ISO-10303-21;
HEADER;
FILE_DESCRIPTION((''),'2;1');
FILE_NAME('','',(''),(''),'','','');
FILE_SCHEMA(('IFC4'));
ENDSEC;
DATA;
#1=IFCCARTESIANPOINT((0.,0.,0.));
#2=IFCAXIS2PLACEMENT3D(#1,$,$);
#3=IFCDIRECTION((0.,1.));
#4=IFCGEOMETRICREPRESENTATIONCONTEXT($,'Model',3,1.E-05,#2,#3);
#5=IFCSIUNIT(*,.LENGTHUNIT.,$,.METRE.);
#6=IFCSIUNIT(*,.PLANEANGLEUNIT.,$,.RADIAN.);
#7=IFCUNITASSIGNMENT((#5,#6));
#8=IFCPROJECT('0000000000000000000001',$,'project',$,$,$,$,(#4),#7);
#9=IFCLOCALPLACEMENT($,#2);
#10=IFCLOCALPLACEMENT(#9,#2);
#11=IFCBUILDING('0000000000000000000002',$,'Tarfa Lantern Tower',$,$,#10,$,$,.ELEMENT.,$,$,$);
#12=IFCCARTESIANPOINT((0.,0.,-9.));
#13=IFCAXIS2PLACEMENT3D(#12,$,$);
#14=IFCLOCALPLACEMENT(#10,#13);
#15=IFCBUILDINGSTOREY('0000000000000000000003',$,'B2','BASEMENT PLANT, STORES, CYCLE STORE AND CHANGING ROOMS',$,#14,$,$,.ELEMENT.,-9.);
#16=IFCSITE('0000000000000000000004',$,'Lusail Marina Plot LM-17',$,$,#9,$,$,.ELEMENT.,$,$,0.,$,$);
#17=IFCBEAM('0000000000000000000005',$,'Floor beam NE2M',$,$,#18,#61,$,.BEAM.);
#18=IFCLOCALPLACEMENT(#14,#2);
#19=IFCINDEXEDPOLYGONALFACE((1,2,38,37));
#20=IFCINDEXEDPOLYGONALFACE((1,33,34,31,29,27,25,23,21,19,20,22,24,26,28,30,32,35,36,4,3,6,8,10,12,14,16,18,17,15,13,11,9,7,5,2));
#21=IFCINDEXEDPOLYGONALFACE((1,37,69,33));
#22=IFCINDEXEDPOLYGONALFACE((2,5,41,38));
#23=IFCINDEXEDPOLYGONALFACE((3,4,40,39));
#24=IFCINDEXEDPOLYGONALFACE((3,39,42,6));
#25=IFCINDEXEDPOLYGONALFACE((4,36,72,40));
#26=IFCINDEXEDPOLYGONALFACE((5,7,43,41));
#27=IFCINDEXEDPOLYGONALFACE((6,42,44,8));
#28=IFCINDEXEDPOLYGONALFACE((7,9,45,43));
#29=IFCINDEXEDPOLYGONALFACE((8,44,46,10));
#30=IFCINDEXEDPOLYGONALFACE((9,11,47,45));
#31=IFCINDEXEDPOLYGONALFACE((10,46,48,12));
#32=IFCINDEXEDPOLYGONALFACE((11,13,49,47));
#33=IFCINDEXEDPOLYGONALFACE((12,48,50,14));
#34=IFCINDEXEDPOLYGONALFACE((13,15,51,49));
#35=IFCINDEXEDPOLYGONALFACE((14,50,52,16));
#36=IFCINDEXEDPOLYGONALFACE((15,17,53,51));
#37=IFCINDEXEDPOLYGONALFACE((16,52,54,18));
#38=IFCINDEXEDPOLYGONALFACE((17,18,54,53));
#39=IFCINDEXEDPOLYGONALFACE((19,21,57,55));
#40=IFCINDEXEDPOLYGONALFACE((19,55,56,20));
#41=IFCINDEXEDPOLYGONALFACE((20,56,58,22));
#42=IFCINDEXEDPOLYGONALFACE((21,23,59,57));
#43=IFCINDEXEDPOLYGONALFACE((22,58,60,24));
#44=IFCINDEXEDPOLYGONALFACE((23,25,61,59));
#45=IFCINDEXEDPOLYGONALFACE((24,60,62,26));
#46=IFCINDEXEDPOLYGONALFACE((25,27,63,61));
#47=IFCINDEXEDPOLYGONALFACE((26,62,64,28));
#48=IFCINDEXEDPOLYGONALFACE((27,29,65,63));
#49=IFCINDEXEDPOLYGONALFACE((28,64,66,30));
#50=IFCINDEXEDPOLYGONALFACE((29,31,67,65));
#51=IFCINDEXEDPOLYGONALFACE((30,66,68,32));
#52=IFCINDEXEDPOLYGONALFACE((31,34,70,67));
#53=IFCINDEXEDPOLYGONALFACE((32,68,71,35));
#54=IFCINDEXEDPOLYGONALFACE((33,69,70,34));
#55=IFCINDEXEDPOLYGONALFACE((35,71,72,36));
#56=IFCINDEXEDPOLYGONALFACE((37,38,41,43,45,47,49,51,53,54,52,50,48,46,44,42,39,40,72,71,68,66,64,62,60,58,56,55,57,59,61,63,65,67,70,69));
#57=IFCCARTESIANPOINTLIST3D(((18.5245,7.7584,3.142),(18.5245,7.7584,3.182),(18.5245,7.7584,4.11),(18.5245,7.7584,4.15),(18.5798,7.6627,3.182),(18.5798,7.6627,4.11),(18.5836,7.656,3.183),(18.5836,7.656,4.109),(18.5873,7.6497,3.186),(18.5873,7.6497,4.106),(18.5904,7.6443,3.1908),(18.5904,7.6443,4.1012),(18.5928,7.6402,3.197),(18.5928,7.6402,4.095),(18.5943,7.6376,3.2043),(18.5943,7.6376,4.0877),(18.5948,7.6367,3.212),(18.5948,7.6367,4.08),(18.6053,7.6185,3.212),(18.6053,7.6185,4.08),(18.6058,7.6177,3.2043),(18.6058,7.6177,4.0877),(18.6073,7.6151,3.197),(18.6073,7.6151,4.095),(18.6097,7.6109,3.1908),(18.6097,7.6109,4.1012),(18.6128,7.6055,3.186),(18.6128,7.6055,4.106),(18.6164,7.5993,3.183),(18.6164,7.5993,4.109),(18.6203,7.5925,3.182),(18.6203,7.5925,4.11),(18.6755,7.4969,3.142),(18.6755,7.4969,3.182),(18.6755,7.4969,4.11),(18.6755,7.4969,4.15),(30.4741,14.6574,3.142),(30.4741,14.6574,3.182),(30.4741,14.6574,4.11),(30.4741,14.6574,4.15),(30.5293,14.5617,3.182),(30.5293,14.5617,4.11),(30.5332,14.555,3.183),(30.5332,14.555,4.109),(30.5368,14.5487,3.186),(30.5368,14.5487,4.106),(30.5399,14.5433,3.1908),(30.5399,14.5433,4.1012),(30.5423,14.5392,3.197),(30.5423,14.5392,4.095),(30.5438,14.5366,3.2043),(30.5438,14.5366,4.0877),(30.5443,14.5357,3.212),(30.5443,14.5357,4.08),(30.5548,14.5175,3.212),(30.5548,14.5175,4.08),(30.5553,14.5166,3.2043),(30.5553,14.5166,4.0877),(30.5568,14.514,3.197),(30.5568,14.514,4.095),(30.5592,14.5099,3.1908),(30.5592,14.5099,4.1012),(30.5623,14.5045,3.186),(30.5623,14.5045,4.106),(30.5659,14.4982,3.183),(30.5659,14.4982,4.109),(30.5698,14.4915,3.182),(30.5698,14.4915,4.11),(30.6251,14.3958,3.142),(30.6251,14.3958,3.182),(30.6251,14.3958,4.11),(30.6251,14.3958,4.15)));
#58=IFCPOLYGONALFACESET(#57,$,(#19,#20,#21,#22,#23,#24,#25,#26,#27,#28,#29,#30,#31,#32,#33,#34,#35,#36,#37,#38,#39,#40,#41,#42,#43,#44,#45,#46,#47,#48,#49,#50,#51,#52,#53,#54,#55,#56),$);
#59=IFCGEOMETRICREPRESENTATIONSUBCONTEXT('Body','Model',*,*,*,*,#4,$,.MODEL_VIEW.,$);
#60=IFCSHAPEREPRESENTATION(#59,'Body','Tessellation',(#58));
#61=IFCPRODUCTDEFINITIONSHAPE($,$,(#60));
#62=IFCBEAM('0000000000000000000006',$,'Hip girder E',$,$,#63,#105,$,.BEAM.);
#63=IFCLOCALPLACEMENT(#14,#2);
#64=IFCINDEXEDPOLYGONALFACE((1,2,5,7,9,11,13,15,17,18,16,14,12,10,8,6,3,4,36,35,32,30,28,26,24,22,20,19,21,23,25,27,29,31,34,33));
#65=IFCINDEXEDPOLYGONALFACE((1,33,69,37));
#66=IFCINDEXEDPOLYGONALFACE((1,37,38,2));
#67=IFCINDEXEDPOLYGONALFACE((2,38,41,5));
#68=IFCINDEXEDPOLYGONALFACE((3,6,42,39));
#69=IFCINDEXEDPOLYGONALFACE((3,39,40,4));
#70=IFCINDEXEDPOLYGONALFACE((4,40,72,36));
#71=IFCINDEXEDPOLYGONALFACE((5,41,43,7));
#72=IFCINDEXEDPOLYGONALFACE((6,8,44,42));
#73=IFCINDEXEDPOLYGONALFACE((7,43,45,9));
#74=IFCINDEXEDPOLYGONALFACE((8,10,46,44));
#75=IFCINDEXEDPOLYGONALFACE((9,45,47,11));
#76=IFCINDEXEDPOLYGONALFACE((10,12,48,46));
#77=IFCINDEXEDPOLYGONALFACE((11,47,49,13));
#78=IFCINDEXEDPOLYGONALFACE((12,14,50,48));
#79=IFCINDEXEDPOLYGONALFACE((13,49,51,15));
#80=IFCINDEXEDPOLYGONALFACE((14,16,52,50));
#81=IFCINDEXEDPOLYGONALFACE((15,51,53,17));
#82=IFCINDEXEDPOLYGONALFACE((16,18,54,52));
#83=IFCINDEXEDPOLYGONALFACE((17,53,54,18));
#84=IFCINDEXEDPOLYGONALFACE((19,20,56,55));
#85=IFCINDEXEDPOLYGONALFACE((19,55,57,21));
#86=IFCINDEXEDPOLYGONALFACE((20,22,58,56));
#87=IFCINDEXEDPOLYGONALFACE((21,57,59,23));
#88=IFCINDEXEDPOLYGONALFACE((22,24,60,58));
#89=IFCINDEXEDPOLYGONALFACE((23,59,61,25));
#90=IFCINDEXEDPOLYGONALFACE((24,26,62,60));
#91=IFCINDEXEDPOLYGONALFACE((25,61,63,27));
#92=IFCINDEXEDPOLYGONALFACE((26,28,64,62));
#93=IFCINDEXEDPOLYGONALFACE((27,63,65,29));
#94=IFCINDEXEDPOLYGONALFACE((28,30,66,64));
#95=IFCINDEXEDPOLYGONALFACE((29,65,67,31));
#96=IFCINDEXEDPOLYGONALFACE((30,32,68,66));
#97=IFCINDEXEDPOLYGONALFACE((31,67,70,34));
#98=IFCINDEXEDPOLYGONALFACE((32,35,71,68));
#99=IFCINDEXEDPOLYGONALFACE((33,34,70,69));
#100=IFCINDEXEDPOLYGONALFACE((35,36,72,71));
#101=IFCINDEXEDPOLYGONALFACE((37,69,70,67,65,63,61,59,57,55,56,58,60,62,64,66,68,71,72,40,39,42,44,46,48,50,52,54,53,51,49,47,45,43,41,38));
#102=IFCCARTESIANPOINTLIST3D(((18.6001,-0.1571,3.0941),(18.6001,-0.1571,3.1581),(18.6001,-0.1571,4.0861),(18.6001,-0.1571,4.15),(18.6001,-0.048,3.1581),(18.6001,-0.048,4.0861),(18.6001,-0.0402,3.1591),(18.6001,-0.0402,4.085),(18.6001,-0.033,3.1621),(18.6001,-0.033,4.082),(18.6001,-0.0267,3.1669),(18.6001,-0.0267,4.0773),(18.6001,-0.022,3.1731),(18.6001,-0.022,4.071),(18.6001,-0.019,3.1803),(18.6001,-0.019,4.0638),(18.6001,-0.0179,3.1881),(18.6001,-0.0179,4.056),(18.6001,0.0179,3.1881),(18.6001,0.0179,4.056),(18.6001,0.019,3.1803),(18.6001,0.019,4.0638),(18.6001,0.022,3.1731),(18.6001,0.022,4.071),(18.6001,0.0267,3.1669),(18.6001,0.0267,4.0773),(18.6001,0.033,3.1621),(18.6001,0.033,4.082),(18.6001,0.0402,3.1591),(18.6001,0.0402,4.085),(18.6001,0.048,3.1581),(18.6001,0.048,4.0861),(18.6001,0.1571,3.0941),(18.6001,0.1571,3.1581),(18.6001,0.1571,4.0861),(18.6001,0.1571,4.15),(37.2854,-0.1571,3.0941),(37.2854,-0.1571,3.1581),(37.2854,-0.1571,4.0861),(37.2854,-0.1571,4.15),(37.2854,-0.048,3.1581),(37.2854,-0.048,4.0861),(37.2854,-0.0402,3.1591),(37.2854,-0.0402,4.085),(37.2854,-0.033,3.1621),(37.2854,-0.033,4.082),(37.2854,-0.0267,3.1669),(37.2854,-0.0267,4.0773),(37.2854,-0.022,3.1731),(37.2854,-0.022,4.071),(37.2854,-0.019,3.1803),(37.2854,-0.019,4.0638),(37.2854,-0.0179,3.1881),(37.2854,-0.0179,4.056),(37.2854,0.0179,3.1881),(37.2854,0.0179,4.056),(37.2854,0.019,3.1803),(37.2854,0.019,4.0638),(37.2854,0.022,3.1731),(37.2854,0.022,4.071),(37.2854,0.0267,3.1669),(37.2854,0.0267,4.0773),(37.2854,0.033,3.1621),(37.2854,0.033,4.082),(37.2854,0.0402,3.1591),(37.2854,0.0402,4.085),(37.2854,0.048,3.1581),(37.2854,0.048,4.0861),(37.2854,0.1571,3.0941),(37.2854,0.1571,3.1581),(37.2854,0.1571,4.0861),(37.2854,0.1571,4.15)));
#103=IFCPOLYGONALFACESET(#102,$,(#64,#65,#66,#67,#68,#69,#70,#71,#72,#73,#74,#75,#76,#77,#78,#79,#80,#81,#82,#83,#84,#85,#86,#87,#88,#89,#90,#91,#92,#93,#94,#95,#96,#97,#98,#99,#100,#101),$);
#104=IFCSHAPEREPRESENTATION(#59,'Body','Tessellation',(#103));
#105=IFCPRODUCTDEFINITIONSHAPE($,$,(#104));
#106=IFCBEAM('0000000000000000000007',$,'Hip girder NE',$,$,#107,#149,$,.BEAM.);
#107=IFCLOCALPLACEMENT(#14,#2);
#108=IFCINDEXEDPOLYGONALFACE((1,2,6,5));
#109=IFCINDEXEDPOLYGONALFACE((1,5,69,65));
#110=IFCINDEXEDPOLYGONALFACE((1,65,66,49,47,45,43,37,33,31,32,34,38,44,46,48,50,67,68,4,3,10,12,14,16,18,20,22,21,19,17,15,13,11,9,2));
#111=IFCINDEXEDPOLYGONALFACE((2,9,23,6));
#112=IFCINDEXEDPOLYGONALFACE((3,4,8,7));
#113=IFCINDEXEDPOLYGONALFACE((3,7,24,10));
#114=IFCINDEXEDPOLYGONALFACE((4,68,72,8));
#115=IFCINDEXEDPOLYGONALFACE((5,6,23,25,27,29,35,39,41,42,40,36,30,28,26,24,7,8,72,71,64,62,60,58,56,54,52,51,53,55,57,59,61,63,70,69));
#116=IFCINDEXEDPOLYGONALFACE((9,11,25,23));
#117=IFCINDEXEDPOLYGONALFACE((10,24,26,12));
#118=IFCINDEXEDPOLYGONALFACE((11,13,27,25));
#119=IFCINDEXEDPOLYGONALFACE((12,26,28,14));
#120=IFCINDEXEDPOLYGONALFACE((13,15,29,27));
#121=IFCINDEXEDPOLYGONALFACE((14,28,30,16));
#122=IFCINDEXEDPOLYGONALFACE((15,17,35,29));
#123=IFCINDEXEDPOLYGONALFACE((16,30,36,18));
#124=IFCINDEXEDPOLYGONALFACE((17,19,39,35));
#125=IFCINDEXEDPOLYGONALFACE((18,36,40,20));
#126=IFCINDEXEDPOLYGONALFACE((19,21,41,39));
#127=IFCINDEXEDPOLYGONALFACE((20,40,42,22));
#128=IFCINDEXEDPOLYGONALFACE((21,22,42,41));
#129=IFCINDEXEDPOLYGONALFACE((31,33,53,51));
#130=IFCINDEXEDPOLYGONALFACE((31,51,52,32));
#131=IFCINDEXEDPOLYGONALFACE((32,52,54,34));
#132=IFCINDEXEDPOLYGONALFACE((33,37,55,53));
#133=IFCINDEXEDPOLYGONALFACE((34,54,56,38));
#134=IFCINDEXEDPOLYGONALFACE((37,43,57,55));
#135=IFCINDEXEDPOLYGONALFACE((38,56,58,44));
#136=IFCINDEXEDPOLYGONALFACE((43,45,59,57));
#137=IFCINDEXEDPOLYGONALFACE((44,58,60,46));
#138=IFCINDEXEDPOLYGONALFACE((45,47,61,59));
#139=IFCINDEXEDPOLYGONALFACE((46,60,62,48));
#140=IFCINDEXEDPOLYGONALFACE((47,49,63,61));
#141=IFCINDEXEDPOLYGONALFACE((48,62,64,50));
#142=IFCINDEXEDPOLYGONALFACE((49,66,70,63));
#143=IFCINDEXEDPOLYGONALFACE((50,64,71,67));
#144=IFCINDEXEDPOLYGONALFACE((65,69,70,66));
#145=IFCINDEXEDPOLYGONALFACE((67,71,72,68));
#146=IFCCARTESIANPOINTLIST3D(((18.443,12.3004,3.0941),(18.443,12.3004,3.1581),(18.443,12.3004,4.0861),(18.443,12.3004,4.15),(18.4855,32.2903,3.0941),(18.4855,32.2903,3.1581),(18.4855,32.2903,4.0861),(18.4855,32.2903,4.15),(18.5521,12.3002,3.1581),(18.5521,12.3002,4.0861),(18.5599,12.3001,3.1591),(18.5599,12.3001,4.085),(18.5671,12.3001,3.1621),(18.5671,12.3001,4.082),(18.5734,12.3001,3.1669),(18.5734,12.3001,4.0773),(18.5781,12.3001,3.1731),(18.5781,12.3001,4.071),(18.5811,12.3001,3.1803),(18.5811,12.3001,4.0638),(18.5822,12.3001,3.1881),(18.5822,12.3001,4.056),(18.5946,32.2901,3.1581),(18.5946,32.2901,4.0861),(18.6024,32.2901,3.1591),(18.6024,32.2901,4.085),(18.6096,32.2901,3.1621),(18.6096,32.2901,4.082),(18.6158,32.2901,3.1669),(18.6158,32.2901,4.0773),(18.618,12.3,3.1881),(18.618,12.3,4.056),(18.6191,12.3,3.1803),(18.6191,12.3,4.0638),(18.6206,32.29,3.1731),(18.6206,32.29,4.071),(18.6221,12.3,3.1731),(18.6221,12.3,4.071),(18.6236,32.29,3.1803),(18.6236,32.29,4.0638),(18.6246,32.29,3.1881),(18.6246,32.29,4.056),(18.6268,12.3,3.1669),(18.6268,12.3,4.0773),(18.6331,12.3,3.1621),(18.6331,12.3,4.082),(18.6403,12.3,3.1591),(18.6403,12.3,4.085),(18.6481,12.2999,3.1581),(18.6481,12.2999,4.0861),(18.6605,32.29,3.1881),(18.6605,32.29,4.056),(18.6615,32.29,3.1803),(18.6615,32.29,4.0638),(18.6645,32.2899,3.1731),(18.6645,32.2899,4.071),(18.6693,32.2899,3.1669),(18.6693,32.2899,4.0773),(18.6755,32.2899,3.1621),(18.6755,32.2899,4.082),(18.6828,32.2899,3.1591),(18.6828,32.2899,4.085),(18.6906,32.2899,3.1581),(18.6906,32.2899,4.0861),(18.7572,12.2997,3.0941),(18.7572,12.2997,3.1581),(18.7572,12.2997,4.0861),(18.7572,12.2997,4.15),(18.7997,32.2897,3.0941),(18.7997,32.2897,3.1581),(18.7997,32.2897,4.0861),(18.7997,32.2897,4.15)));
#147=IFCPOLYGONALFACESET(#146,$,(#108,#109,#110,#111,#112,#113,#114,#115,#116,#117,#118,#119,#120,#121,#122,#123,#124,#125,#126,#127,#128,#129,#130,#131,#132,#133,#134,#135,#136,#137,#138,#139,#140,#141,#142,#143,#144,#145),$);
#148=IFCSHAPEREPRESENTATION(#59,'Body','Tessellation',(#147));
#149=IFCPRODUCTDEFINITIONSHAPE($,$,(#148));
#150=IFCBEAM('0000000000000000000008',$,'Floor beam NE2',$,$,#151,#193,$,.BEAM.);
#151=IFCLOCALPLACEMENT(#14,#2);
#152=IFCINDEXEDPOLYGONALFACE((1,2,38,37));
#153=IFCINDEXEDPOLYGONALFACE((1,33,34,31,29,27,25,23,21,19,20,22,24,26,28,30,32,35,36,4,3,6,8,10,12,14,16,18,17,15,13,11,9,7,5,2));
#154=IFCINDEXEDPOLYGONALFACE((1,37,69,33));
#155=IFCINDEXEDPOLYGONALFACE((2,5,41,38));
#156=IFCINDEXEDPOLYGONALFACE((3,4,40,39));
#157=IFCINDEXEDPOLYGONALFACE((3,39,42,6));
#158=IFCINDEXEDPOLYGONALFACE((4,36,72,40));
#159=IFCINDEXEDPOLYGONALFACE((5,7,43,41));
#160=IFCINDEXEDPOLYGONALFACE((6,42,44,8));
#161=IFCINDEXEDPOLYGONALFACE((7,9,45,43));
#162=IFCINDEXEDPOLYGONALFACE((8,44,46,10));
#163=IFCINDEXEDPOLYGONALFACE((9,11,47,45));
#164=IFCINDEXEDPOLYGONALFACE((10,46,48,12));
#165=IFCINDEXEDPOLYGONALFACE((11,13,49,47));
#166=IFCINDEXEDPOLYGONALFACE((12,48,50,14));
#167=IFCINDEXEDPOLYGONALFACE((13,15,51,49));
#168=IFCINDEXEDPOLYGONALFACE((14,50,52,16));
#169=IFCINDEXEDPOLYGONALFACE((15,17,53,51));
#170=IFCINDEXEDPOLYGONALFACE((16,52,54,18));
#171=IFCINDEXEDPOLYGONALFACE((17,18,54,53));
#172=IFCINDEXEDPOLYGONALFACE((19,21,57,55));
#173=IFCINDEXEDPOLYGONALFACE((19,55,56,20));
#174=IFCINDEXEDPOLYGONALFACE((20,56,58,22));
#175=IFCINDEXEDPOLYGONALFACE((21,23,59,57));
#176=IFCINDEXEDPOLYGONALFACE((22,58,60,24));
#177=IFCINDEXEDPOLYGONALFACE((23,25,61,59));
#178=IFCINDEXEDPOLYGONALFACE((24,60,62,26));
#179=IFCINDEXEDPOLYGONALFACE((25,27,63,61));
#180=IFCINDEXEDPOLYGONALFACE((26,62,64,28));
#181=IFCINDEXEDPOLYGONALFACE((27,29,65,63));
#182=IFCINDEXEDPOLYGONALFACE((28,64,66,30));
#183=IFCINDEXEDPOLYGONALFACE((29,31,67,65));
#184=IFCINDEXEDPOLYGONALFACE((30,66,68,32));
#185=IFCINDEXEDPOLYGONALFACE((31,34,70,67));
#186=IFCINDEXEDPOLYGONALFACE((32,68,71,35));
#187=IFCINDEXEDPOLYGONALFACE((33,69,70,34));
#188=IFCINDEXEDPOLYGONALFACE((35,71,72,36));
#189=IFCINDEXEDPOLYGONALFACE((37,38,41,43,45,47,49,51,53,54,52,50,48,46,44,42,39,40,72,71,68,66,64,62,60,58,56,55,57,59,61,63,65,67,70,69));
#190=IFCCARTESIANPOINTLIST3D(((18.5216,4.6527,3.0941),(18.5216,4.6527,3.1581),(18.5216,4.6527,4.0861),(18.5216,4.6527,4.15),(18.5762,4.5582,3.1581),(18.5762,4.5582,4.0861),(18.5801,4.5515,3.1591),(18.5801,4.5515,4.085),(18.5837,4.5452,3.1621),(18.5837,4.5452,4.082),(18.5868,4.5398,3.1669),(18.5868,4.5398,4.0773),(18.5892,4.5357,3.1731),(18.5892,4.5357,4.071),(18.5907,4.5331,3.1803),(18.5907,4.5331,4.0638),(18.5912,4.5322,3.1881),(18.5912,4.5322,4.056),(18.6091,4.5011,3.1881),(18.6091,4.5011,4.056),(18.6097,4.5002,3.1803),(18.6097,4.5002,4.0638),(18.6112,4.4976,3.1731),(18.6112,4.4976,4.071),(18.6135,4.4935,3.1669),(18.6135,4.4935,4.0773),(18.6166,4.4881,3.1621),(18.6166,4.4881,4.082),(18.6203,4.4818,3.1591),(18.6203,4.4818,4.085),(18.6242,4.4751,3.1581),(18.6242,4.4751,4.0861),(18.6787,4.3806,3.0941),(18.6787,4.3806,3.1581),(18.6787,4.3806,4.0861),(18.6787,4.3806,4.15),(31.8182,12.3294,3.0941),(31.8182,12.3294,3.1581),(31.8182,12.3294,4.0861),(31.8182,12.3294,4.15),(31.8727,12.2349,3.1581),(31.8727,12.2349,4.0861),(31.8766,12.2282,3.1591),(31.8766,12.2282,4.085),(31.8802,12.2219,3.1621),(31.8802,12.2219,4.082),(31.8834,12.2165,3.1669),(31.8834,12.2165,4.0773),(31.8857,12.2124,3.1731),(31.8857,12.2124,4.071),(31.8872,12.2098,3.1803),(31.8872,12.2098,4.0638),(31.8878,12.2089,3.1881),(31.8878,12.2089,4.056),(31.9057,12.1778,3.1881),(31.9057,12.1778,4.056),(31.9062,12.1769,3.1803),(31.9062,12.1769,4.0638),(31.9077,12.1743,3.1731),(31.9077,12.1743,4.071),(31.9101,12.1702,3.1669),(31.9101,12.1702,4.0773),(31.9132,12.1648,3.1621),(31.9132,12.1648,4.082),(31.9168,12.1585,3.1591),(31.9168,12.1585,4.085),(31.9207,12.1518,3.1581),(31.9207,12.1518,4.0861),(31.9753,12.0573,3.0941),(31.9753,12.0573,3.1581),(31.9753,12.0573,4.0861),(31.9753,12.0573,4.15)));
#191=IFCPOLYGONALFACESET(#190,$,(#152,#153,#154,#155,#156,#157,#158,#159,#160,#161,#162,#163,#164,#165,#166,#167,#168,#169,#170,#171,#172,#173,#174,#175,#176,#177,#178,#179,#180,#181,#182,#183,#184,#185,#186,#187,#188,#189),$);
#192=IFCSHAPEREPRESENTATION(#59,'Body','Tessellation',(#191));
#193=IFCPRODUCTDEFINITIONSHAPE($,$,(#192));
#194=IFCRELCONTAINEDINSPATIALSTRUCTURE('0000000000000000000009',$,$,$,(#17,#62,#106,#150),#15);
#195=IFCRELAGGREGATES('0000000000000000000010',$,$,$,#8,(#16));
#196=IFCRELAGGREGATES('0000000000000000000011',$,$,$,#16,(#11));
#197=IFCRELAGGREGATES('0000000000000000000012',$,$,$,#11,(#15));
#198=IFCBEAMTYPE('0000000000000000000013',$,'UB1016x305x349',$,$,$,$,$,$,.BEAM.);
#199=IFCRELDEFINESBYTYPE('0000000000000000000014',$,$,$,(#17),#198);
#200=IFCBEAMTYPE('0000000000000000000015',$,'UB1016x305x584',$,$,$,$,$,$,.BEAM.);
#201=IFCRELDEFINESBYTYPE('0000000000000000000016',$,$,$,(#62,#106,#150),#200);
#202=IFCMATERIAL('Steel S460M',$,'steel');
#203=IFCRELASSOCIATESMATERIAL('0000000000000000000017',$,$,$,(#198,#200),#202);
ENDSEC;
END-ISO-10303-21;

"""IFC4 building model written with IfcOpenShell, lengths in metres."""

from ifc_helpers import new_model, si_unit, direction, frame, origin, origin_2d, place, context, subcontext, project, spatial, i_section, extrude, material, material_profile, profile_set, type_object, element, save


model = new_model("IFC4")

# Units and contexts
model_context = context("Model", 3, precision=1e-05, world=origin(), true_north=direction((0.0, 1.0)))
body_context = subcontext(model_context, "Body", "Model", "MODEL_VIEW")
ifc_project = project(units=[si_unit("LENGTHUNIT", "METRE"), si_unit("PLANEANGLEUNIT", "RADIAN")], contexts=[model_context])

# Site, building, storey
site_placement = place(None, origin())
site = spatial("IfcSite", under=ifc_project, at=site_placement, Name="Lusail Marina Plot LM-17", CompositionType="ELEMENT", RefElevation=0.0)
building_placement = place(site_placement, origin())
building = spatial("IfcBuilding", under=site, at=building_placement, Name="Tarfa Lantern Tower", CompositionType="ELEMENT")
storey_placement = place(building_placement, frame((0.0, 0.0, -9.0)))
storey = spatial("IfcBuildingStorey", under=building, at=storey_placement, Name="B2", Description="BASEMENT PLANT, STORES, CYCLE STORE AND CHANGING ROOMS", CompositionType="ELEMENT", Elevation=-9.0)

# Beams
ifc_material_1 = material(Name="Steel S460M", Category="steel")
ifc_material_profile_1 = material_profile(ifc_material_1, i_section(OverallWidth=0.302, OverallDepth=1.0081, WebThickness=0.021, FlangeThickness=0.04, FilletRadius=0.03, at=origin_2d()), Name="UB1016x305x349")
ifc_profile_set_1 = profile_set([ifc_material_profile_1], Name="Steel S460M")
beam_type_1 = type_object("IfcBeamType", Name="UB1016x305x349", PredefinedType="BEAM", material=ifc_profile_set_1)
beam_1_placement = place(storey_placement, frame((30.5496, 14.5266, 3.646), z_axis=(-0.866029, -0.499995, 0.0), x_axis=(0.499995, -0.866029, 0.0)))
element("IfcBeam", 1, at=beam_1_placement, inside=storey, type_object=beam_type_1, Name="Floor beam NE2M", PredefinedType="BEAM", context=body_context, shape_type="SweptSolid", body=[
    extrude(i_section(OverallWidth=0.302, OverallDepth=1.0081, WebThickness=0.021, FlangeThickness=0.04, FilletRadius=0.03, at=origin_2d()), origin(), (0.0, 0.0, 1.0), 13.7981),
])
ifc_material_profile_2 = material_profile(ifc_material_1, i_section(OverallWidth=0.3142, OverallDepth=1.0559, WebThickness=0.0359, FlangeThickness=0.064, FilletRadius=0.03, at=origin_2d()), Name="UB1016x305x584")
ifc_profile_set_2 = profile_set([ifc_material_profile_2], Name="Steel S460M")
beam_type_2 = type_object("IfcBeamType", Name="UB1016x305x584", PredefinedType="BEAM", material=ifc_profile_set_2)
beam_2_placement = place(storey_placement, frame((18.6001, 0.0, 3.6221), z_axis=(1.0, 0.0, 0.0), x_axis=(0.0, 1.0, 0.0)))
element("IfcBeam", 2, at=beam_2_placement, inside=storey, type_object=beam_type_2, Name="Hip girder E", PredefinedType="BEAM", context=body_context, shape_type="SweptSolid", body=[
    extrude(i_section(OverallWidth=0.3142, OverallDepth=1.0559, WebThickness=0.0359, FlangeThickness=0.064, FilletRadius=0.03, at=origin_2d()), origin(), (0.0, 0.0, 1.0), 18.6853),
])
beam_3_placement = place(storey_placement, frame((18.6001, 12.3, 3.6221), z_axis=(0.002125, 0.999998, 0.0), x_axis=(-0.999998, 0.002125, 0.0)))
element("IfcBeam", 3, at=beam_3_placement, inside=storey, type_object=beam_type_2, Name="Hip girder NE", PredefinedType="BEAM", context=body_context, shape_type="SweptSolid", body=[
    extrude(i_section(OverallWidth=0.3142, OverallDepth=1.0559, WebThickness=0.0359, FlangeThickness=0.064, FilletRadius=0.03, at=origin_2d()), origin(), (0.0, 0.0, 1.0), 19.99),
])
beam_4_placement = place(storey_placement, frame((31.8967, 12.1934, 3.6221), z_axis=(-0.866027, -0.499997, 0.0), x_axis=(0.499997, -0.866027, 0.0)))
element("IfcBeam", 4, at=beam_4_placement, inside=storey, type_object=beam_type_2, Name="Floor beam NE2", PredefinedType="BEAM", context=body_context, shape_type="SweptSolid", body=[
    extrude(i_section(OverallWidth=0.3142, OverallDepth=1.0559, WebThickness=0.0359, FlangeThickness=0.064, FilletRadius=0.03, at=origin_2d()), origin(), (0.0, 0.0, 1.0), 15.3535),
])

save(model, "model.ifc")
